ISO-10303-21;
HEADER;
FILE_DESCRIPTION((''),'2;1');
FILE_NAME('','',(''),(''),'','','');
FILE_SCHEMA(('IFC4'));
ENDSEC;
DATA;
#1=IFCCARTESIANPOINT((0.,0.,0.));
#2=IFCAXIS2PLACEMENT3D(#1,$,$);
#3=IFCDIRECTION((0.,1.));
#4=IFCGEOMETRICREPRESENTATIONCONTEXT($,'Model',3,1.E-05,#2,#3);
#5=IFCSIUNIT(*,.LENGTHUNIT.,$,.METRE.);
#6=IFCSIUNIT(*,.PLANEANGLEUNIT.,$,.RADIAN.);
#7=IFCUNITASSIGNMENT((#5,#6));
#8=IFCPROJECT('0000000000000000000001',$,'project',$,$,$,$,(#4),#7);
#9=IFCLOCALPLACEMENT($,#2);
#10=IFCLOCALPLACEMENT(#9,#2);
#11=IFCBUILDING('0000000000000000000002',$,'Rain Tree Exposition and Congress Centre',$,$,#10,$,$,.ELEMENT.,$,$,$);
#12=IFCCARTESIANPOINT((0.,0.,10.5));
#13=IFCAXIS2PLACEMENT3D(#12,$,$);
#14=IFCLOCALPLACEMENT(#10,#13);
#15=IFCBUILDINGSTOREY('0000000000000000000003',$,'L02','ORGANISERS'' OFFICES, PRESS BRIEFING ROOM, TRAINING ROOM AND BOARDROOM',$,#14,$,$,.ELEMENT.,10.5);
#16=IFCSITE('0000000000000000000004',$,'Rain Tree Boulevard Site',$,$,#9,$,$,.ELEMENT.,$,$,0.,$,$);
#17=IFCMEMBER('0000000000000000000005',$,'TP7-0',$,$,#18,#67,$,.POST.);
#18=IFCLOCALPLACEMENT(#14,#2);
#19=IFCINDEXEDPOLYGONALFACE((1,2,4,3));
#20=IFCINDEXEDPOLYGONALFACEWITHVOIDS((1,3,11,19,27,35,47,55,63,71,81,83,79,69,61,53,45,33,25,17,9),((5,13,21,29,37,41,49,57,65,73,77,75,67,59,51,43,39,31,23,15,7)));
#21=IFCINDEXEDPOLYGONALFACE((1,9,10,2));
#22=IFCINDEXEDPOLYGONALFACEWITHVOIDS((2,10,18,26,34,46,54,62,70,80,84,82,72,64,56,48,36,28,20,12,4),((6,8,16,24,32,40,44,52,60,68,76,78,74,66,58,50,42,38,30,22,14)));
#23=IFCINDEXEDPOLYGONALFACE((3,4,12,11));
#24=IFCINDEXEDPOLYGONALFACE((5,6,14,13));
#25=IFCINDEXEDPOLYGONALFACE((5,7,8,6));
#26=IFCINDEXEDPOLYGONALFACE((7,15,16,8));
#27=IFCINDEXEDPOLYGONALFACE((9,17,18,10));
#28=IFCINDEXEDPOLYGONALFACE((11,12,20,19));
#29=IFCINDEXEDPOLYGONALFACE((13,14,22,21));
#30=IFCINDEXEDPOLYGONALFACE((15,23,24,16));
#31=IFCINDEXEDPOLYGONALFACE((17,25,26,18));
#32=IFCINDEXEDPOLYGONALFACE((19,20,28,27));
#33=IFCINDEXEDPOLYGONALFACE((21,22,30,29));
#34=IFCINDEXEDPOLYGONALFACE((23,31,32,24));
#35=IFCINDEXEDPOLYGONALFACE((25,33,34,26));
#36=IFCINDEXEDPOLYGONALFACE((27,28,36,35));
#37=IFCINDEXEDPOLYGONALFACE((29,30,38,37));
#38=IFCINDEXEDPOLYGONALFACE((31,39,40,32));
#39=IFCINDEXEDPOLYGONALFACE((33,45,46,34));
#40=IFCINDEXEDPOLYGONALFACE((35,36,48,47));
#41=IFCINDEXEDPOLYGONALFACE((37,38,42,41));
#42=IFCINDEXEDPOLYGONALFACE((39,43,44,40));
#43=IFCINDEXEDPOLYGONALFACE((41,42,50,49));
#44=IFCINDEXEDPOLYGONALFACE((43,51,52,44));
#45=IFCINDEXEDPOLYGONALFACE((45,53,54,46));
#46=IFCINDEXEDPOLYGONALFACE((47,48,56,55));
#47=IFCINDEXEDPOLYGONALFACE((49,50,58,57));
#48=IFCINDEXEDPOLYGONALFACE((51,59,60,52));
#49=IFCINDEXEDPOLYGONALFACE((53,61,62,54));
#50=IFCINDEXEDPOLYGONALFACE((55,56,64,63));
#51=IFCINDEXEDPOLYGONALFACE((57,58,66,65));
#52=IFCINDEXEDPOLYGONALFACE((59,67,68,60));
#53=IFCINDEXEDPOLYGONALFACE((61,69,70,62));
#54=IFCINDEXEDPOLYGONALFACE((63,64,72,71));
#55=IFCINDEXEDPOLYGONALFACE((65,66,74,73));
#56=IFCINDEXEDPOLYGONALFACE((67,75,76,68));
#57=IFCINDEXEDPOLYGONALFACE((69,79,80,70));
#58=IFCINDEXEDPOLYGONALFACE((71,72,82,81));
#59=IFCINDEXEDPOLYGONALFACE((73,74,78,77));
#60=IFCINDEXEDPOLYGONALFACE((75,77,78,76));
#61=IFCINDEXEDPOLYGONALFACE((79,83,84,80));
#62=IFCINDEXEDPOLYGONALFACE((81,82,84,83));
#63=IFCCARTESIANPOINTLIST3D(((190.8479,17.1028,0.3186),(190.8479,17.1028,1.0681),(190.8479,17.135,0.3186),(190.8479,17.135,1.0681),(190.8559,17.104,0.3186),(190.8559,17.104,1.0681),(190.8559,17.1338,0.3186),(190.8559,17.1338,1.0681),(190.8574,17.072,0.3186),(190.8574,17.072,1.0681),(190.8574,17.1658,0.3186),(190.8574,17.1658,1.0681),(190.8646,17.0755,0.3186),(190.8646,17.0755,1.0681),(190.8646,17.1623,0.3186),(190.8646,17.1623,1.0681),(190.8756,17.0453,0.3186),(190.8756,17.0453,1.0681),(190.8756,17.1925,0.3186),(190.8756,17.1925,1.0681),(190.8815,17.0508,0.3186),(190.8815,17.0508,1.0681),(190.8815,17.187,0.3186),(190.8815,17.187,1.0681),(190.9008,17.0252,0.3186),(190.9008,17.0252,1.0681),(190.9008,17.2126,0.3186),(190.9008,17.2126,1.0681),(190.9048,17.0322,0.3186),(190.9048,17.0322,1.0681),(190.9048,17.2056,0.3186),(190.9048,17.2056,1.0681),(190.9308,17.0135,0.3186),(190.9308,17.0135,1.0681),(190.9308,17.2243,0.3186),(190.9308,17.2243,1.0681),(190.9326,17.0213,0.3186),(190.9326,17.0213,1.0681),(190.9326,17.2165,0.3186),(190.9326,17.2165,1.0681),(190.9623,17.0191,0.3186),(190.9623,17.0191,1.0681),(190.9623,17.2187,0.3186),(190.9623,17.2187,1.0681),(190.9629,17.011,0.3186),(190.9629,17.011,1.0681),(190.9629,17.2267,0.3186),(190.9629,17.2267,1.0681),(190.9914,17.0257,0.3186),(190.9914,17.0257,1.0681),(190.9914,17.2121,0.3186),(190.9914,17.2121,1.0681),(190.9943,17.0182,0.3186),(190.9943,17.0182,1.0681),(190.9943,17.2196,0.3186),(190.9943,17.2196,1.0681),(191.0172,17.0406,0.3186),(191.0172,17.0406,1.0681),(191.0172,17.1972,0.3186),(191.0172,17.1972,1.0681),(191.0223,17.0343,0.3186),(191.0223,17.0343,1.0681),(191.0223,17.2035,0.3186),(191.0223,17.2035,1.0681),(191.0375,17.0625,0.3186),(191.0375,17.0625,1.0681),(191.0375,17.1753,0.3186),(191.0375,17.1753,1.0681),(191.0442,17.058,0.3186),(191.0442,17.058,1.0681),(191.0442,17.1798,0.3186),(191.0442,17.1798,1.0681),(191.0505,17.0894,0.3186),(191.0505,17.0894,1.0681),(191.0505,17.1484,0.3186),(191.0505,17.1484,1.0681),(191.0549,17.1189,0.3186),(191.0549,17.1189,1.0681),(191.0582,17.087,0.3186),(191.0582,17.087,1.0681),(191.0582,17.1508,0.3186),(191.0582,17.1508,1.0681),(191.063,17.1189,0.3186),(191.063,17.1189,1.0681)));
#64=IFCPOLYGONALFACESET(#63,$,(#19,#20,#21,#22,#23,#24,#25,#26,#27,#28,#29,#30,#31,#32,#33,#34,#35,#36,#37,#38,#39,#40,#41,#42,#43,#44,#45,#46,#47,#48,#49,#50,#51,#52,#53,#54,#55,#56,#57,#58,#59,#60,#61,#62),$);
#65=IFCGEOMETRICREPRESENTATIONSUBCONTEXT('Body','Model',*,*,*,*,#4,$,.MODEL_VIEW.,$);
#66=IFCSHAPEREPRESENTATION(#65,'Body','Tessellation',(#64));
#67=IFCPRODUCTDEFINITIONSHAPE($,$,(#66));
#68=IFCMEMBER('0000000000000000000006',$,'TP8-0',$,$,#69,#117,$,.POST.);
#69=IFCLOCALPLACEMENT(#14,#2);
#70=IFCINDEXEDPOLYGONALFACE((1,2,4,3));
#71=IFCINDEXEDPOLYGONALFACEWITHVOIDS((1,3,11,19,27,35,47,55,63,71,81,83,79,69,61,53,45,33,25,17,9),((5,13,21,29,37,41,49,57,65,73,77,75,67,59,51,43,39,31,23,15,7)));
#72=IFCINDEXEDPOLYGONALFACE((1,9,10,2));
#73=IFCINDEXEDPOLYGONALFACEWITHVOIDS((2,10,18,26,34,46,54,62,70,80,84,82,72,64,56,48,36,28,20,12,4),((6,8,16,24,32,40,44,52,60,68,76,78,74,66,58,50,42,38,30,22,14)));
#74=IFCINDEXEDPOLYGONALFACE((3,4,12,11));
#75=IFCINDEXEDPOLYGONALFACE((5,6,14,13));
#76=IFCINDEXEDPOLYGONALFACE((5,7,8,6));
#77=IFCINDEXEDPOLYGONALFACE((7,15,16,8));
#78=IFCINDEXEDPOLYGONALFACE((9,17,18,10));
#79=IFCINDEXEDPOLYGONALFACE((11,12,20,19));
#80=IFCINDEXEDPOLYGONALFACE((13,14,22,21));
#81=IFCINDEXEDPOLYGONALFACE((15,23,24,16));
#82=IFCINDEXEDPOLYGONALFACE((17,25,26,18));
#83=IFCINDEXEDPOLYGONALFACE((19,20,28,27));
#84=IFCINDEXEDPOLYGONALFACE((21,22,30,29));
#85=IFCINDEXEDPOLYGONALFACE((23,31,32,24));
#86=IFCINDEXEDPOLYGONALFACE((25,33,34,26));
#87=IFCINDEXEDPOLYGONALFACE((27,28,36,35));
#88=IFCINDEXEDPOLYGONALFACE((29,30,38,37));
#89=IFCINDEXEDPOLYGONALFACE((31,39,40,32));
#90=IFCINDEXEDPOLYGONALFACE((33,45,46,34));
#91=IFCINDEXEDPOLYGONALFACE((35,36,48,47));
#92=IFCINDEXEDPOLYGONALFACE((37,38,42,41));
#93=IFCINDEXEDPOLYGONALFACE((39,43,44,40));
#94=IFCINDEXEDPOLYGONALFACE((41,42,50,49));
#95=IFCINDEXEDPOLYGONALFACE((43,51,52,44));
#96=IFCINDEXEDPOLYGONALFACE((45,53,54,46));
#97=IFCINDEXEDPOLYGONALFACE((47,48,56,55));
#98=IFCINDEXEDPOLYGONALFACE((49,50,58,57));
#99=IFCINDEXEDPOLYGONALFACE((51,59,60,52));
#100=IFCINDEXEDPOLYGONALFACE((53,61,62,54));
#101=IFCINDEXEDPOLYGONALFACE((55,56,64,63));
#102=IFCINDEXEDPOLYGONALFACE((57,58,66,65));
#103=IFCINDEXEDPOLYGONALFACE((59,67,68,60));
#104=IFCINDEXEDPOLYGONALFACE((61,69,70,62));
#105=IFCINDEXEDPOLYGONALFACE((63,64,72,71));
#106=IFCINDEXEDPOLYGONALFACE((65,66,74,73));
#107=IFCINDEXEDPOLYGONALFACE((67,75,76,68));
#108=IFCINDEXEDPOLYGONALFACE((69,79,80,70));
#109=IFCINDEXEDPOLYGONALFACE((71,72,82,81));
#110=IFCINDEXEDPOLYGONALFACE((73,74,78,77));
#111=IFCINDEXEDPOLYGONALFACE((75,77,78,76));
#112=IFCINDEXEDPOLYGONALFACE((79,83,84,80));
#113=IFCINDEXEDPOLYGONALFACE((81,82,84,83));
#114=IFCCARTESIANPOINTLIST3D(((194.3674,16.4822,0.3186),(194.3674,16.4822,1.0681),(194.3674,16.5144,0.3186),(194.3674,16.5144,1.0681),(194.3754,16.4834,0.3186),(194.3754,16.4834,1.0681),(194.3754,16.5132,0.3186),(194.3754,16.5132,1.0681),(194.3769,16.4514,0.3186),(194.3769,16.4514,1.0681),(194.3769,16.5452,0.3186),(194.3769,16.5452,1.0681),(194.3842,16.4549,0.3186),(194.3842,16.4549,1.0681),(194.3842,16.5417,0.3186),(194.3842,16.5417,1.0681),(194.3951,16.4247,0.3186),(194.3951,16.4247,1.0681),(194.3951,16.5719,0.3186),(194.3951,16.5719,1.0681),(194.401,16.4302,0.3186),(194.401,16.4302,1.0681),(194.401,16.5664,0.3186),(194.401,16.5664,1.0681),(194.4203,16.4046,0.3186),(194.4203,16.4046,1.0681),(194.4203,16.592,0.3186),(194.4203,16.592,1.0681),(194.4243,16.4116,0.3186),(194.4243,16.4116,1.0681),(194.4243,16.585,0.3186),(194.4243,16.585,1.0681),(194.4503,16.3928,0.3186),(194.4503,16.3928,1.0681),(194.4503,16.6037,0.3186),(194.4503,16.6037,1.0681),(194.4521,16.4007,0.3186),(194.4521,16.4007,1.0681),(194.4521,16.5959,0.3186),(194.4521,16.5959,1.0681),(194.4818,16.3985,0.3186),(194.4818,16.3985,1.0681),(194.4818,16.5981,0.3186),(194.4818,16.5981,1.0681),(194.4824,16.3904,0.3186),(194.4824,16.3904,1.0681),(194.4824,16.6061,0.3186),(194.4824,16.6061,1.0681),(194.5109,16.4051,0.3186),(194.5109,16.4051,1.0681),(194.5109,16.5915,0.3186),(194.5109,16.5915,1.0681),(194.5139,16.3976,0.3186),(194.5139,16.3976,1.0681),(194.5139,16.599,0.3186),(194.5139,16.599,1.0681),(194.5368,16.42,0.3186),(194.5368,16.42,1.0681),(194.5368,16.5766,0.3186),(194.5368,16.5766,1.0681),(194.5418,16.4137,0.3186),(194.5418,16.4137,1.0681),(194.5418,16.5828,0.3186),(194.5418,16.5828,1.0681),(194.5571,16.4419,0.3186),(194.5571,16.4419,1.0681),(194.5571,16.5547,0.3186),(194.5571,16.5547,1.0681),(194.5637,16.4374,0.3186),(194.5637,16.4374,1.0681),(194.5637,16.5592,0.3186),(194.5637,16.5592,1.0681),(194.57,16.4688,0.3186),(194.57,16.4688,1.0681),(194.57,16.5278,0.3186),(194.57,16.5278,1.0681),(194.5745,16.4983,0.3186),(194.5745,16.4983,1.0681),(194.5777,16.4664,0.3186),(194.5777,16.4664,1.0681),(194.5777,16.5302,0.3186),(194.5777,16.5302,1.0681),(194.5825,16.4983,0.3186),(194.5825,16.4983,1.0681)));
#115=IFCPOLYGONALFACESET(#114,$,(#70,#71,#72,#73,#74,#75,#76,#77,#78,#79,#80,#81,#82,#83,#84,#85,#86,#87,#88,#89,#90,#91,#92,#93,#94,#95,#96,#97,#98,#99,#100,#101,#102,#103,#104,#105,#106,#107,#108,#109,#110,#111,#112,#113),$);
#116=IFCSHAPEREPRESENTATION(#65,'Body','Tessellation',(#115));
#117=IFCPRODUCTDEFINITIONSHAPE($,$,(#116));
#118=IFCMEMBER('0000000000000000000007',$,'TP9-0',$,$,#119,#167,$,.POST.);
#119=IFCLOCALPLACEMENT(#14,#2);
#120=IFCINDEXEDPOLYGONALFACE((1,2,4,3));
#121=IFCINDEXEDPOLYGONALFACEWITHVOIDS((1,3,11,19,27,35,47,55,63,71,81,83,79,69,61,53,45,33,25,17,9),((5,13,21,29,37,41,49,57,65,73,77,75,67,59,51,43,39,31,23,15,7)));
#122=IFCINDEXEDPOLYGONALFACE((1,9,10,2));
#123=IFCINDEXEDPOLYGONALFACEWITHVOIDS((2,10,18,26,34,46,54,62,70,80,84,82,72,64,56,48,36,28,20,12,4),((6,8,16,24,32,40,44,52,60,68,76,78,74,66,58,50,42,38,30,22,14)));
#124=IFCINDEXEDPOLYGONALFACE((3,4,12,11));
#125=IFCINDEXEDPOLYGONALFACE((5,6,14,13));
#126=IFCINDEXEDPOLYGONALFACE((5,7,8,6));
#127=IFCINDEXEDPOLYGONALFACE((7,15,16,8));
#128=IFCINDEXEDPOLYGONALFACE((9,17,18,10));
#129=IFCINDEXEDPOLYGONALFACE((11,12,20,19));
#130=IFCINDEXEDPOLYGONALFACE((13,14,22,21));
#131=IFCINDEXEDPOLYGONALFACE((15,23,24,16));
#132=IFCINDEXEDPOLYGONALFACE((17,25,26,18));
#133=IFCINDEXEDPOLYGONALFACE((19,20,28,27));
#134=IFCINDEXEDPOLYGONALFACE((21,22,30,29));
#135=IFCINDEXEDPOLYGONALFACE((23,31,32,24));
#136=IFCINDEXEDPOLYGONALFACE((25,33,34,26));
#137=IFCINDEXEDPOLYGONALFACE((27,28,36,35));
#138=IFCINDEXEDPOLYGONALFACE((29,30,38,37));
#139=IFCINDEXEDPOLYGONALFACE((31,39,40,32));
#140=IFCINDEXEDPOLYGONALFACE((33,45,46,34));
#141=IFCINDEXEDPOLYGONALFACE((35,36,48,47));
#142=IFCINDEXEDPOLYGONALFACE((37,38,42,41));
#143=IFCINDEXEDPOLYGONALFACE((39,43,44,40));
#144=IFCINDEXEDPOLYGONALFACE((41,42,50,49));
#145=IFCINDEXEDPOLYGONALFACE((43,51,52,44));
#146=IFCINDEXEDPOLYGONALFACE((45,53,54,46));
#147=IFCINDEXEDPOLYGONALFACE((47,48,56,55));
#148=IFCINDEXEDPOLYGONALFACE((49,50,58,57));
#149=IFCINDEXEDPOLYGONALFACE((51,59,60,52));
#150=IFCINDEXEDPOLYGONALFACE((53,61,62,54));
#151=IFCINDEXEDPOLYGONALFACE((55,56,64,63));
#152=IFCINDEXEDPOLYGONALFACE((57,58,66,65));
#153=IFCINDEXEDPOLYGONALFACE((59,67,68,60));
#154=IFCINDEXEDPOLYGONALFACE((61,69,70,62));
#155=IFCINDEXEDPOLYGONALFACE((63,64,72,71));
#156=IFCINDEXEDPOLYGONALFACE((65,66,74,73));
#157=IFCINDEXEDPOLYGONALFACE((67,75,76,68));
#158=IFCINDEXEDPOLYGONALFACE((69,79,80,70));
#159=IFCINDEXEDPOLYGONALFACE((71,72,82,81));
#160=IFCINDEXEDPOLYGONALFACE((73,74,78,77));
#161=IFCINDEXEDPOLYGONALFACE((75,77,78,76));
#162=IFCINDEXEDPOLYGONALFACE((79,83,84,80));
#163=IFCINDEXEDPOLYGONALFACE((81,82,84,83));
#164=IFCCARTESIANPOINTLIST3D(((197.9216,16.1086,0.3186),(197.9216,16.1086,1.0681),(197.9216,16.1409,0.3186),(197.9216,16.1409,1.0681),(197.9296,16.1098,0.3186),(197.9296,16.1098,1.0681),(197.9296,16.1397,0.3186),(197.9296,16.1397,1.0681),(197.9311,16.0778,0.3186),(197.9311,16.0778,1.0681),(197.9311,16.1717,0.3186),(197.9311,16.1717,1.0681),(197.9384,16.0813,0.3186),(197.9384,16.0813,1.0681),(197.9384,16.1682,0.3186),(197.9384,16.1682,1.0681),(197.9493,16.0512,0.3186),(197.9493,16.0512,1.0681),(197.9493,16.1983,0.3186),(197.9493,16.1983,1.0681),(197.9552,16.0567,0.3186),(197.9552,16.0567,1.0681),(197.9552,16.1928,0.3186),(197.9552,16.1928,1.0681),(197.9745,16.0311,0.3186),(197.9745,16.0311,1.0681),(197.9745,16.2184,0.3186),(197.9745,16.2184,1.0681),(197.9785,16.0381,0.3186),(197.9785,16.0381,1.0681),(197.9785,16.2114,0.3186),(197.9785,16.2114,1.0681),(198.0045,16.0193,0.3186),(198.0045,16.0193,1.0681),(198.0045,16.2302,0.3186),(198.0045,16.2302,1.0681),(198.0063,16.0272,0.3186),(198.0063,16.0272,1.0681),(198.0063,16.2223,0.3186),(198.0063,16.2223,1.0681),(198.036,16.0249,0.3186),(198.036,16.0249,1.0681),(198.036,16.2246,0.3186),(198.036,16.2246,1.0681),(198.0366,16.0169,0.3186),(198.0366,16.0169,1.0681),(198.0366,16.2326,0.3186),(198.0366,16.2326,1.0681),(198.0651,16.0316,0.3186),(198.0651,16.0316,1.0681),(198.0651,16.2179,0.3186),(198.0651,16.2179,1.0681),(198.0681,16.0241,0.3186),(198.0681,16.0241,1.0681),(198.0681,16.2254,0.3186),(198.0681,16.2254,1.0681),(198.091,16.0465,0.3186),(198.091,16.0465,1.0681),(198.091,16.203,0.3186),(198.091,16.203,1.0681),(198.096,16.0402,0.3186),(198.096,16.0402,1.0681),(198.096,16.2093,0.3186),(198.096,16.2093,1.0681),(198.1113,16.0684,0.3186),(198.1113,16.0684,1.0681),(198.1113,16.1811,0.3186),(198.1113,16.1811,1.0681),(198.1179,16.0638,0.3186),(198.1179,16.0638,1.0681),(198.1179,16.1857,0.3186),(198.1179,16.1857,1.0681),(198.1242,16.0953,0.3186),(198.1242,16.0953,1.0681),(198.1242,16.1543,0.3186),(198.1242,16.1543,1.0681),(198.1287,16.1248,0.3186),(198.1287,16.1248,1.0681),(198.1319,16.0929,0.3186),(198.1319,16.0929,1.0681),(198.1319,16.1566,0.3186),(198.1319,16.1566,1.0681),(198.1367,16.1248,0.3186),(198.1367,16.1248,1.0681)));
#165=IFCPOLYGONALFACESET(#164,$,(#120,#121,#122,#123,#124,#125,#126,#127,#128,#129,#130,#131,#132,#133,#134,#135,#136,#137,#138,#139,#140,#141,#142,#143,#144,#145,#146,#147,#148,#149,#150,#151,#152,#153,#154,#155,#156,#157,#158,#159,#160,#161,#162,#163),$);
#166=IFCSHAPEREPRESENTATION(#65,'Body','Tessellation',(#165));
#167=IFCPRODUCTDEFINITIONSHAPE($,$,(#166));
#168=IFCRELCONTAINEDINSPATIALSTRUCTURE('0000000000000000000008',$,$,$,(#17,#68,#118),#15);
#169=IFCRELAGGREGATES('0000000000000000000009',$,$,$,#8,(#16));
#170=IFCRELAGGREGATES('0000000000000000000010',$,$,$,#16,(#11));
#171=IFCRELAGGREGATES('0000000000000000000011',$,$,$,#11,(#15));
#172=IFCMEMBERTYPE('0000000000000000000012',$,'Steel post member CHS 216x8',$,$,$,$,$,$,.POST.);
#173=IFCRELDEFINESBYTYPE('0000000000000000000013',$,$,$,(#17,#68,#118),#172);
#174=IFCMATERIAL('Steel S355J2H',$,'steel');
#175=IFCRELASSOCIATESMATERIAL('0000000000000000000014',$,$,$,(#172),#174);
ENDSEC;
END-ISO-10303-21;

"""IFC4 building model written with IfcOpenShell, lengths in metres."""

from ifc_helpers import new_model, si_unit, direction, frame, origin, origin_2d, place, context, subcontext, project, spatial, hollow_circle, extrude, material, material_profile, profile_set, type_object, element, save


model = new_model("IFC4")

# Units and contexts
model_context = context("Model", 3, precision=1e-05, world=origin(), true_north=direction((0.0, 1.0)))
body_context = subcontext(model_context, "Body", "Model", "MODEL_VIEW")
ifc_project = project(units=[si_unit("LENGTHUNIT", "METRE"), si_unit("PLANEANGLEUNIT", "RADIAN")], contexts=[model_context])

# Site, building, storey
site_placement = place(None, origin())
site = spatial("IfcSite", under=ifc_project, at=site_placement, Name="Rain Tree Boulevard Site", CompositionType="ELEMENT", RefElevation=0.0)
building_placement = place(site_placement, origin())
building = spatial("IfcBuilding", under=site, at=building_placement, Name="Rain Tree Exposition and Congress Centre", CompositionType="ELEMENT")
storey_placement = place(building_placement, frame((0.0, 0.0, 10.5)))
storey = spatial("IfcBuildingStorey", under=building, at=storey_placement, Name="L02", Description="ORGANISERS' OFFICES, PRESS BRIEFING ROOM, TRAINING ROOM AND BOARDROOM", CompositionType="ELEMENT", Elevation=10.5)

# Members
ifc_material_1 = material(Name="Steel S355J2H", Category="steel")
ifc_material_profile_1 = material_profile(ifc_material_1, hollow_circle(Radius=0.1082, WallThickness=0.0081, at=origin_2d()), Name="CHS 216x8")
ifc_profile_set_1 = profile_set([ifc_material_profile_1], Name="Steel S355J2H")
member_type_1 = type_object("IfcMemberType", Name="Steel post member CHS 216x8", PredefinedType="POST", material=ifc_profile_set_1)
for number, where, z_axis, x_axis, name in (
    (1, (190.9548, 17.1189, 0.3186), (0.0, 0.0, 1.0), (1.0, 0.0, 0.0), "TP7-0"),
    (2, (194.4744, 16.4983, 0.3186), (0.0, 0.0, 1.0), (1.0, 0.0, 0.0), "TP8-0"),
    (3, (198.0286, 16.1248, 0.3186), (0.0, 0.0, 1.0), (1.0, 0.0, 0.0), "TP9-0"),
):
    element("IfcMember", number, at=place(storey_placement, frame(where, z_axis=z_axis, x_axis=x_axis)), inside=storey, type_object=member_type_1, Name=name, PredefinedType="POST", context=body_context, shape_type="SweptSolid", body=[
        extrude(hollow_circle(Radius=0.1082, WallThickness=0.0081, at=origin_2d()), origin(), (0.0, 0.0, 1.0), 0.7495),
    ])

save(model, "model.ifc")
